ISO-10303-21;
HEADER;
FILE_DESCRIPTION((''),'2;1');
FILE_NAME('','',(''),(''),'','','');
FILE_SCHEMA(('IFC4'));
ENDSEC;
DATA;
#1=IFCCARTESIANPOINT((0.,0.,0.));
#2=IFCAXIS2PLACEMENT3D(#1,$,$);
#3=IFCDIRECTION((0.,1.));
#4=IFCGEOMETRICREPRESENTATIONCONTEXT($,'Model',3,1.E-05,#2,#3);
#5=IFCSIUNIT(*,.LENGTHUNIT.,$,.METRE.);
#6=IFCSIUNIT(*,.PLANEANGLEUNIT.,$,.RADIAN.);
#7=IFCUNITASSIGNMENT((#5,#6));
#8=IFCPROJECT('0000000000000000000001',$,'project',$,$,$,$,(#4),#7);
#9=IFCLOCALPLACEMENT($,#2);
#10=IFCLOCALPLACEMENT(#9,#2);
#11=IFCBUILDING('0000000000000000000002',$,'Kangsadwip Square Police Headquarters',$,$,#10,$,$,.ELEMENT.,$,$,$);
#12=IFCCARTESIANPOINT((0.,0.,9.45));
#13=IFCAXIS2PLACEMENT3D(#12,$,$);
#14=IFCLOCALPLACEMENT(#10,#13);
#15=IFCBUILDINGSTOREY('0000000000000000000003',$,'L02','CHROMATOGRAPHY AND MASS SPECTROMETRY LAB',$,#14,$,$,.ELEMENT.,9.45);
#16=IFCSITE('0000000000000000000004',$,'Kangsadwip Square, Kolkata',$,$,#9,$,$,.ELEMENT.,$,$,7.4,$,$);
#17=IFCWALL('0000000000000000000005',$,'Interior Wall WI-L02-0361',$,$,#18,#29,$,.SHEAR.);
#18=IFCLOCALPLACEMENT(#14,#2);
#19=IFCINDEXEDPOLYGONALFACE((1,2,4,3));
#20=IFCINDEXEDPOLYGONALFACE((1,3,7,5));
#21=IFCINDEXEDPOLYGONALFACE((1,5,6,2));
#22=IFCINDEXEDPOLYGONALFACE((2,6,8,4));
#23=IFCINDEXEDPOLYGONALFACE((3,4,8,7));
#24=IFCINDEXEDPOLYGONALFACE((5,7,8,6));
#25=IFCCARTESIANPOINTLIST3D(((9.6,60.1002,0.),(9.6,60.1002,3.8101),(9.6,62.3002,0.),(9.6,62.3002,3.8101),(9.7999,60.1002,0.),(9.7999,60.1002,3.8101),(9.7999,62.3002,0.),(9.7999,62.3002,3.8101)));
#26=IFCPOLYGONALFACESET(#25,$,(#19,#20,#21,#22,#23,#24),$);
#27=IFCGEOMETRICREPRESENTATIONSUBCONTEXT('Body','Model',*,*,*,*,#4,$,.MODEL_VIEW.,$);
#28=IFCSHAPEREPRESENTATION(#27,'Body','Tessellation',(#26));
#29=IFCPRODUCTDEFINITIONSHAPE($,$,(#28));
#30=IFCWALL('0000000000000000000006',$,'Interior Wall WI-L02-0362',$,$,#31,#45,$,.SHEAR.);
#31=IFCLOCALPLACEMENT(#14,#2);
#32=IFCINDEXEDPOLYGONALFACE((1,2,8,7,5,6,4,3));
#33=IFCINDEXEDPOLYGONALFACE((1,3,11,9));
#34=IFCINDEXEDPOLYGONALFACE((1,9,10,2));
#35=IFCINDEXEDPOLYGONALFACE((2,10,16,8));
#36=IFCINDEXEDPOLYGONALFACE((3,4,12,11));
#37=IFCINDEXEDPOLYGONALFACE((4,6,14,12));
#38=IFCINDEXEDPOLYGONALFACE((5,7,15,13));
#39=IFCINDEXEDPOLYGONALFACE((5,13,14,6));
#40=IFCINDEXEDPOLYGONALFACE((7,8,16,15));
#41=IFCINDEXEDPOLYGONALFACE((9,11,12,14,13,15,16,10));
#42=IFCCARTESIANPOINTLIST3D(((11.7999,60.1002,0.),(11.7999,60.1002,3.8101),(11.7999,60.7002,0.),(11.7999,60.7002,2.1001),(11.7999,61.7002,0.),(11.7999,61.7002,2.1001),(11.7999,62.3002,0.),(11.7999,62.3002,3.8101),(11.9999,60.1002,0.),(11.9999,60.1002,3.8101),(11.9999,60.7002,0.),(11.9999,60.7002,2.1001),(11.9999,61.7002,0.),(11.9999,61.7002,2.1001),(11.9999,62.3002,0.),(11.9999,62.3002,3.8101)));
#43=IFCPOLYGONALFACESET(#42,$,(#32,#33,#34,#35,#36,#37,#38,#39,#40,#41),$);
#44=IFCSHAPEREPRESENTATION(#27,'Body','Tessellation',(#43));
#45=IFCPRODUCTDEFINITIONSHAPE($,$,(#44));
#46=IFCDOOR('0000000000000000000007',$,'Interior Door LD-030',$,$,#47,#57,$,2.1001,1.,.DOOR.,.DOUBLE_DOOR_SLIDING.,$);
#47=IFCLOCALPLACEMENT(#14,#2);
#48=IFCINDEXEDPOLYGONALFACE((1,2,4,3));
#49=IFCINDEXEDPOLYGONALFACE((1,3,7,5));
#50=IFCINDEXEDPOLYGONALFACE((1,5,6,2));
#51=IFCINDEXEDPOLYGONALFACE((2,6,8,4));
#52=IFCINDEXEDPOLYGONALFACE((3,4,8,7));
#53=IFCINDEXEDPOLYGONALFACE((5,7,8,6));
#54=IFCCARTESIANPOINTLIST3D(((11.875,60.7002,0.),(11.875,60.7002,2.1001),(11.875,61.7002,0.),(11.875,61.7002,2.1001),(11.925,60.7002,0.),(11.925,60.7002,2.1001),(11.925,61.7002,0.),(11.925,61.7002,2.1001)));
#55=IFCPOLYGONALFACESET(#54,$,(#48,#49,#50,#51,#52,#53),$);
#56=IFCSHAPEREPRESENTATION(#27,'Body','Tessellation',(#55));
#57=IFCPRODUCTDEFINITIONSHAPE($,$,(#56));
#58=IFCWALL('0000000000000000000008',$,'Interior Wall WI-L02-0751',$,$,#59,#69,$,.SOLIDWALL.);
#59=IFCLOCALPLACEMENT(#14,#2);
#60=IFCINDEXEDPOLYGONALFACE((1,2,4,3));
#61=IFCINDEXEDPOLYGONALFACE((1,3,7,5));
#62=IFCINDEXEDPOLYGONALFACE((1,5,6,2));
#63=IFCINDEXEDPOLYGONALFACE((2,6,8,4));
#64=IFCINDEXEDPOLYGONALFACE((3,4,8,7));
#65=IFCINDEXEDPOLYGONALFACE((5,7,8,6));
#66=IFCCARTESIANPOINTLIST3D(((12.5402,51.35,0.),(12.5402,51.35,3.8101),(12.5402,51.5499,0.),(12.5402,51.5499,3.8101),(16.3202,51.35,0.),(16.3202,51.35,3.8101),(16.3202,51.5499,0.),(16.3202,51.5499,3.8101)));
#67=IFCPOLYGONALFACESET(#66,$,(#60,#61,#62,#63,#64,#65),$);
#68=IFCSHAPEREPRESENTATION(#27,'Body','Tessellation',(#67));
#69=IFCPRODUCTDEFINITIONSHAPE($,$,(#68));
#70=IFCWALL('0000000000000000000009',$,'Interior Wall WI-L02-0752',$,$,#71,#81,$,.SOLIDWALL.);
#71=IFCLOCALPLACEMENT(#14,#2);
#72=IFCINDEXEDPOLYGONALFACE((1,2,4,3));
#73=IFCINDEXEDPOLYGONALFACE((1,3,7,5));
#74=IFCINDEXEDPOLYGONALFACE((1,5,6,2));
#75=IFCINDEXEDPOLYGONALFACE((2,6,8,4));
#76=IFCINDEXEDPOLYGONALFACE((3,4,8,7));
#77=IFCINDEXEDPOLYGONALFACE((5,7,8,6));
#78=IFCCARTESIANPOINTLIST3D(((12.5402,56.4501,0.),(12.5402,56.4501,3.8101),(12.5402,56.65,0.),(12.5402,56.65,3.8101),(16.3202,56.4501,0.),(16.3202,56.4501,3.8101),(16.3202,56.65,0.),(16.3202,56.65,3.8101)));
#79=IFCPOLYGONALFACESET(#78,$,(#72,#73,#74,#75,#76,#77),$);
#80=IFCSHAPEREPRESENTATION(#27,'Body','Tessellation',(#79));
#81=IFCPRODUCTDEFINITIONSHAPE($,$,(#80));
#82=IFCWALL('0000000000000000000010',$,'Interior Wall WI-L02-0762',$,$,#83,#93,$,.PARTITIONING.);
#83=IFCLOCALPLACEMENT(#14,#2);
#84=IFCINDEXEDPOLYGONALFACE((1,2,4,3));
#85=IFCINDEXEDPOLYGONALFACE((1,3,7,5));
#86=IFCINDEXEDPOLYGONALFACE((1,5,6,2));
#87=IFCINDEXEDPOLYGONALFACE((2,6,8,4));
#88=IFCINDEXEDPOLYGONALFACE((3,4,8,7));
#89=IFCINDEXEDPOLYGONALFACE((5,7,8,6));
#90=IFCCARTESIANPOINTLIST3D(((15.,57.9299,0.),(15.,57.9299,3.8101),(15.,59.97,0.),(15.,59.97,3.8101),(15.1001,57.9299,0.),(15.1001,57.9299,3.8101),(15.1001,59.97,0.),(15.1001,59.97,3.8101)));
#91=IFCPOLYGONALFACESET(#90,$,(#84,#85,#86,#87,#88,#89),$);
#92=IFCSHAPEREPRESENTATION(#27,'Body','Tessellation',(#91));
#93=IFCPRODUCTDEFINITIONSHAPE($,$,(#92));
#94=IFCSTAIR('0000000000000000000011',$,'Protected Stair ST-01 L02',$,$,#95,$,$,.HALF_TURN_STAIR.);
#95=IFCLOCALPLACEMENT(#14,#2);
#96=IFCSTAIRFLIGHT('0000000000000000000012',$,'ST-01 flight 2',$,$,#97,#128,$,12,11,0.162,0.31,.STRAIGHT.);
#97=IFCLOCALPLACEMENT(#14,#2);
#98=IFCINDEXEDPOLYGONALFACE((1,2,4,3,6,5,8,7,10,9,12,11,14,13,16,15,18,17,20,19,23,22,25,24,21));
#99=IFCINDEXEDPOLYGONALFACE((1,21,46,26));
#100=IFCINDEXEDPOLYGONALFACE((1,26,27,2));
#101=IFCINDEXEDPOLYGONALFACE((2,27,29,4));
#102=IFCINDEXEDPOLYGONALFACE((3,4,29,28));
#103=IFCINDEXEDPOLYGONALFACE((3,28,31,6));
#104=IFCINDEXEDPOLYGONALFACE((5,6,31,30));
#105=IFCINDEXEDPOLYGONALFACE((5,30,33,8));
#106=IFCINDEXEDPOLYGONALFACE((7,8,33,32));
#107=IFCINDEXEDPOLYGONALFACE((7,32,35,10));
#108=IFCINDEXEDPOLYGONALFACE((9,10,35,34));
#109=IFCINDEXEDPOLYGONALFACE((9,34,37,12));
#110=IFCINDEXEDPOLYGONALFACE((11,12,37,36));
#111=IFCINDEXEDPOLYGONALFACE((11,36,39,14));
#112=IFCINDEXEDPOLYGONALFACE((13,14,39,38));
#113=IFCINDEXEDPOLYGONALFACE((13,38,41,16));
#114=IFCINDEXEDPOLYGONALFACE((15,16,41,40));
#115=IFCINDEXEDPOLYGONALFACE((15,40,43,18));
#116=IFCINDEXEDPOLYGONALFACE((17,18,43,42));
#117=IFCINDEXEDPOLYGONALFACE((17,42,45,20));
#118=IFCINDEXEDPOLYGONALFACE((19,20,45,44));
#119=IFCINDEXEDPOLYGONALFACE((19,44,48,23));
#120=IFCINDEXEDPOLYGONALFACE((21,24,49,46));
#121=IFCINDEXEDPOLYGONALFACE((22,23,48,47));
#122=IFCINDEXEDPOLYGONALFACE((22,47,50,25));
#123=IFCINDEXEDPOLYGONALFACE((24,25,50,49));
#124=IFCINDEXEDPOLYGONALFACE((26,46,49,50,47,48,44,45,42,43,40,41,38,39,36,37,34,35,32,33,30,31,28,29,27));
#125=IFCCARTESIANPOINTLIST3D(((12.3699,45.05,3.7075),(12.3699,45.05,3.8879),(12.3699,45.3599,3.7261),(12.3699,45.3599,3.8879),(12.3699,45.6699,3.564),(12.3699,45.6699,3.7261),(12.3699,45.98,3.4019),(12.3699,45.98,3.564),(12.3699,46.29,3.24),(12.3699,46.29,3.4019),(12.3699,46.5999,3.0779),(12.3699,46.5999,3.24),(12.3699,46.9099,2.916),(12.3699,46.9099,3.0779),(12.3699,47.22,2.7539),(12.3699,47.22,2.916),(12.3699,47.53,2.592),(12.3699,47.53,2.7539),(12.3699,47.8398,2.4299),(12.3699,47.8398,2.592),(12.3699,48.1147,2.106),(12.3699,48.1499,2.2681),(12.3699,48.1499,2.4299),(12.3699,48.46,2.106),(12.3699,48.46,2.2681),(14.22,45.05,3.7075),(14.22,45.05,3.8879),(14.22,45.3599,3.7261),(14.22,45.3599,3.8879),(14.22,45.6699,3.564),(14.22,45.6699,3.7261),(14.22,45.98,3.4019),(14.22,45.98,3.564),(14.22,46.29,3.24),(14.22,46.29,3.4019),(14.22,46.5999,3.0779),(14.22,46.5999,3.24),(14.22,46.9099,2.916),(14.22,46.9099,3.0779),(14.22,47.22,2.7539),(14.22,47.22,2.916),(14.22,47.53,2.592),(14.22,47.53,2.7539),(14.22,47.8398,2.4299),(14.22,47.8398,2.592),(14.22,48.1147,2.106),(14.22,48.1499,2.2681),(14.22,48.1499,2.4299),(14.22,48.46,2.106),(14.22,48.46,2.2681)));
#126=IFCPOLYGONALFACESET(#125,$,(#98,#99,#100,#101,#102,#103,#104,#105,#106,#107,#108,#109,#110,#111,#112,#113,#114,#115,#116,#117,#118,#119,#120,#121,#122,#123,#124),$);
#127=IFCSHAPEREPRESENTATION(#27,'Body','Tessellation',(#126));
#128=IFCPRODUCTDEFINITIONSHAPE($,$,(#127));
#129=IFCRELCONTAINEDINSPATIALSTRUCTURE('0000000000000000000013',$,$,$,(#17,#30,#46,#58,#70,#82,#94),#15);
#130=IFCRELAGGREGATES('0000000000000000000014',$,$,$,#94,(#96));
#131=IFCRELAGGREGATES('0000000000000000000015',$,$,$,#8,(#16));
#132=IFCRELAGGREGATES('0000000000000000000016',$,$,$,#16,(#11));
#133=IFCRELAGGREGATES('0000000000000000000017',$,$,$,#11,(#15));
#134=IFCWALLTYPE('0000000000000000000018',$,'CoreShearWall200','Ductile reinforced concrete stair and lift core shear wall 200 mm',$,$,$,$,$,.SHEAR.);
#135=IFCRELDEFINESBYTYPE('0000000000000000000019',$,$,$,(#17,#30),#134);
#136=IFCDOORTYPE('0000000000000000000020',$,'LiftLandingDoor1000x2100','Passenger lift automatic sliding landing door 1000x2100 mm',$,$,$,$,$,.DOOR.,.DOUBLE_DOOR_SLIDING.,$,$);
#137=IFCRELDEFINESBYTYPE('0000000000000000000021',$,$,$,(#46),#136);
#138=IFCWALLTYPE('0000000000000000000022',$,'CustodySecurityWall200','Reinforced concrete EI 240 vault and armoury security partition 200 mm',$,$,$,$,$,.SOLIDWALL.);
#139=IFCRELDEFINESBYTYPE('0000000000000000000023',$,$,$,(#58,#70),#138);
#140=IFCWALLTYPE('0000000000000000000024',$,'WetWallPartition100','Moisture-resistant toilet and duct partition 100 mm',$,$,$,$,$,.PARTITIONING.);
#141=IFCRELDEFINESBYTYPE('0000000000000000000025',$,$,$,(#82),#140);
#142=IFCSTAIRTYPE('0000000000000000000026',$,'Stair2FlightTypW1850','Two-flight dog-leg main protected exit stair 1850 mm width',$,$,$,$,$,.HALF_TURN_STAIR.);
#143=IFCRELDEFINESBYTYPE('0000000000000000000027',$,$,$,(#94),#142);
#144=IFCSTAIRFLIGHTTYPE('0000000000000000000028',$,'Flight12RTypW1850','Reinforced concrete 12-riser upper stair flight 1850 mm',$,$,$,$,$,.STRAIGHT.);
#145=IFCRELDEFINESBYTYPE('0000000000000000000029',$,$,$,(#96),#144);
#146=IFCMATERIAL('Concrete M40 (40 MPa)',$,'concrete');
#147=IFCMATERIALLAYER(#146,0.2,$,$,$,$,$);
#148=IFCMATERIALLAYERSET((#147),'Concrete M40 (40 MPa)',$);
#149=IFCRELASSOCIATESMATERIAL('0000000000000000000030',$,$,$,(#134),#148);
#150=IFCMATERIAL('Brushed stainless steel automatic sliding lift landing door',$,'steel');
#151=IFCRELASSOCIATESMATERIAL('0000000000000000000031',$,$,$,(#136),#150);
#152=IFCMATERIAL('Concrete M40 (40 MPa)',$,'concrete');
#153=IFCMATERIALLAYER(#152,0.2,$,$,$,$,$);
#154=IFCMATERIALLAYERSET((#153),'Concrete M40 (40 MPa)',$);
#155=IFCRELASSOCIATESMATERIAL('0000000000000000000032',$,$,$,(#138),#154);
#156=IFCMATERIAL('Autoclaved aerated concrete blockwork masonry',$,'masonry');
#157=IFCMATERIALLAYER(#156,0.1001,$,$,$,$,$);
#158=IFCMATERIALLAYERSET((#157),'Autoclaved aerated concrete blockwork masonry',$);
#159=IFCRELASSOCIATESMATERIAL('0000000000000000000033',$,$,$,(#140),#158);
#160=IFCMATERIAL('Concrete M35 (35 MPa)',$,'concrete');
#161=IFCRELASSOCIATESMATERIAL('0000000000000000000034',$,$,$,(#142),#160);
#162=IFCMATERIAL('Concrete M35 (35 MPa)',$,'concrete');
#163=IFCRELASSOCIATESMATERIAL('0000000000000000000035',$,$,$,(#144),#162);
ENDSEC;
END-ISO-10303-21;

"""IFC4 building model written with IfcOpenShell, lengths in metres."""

from ifc_helpers import new_model, si_unit, direction, frame, frame_2d, origin, place, context, subcontext, project, spatial, polyline, rectangle, outline, extrude, material, layer, layer_set, type_object, element, fill, aggregate, save


model = new_model("IFC4")

# Units and contexts
model_context = context("Model", 3, precision=1e-05, world=origin(), true_north=direction((0.0, 1.0)))
body_context = subcontext(model_context, "Body", "Model", "MODEL_VIEW")
ifc_project = project(units=[si_unit("LENGTHUNIT", "METRE"), si_unit("PLANEANGLEUNIT", "RADIAN")], contexts=[model_context])

# Site, building, storey
site_placement = place(None, origin())
site = spatial("IfcSite", under=ifc_project, at=site_placement, Name="Kangsadwip Square, Kolkata", CompositionType="ELEMENT", RefElevation=7.4)
building_placement = place(site_placement, origin())
building = spatial("IfcBuilding", under=site, at=building_placement, Name="Kangsadwip Square Police Headquarters", CompositionType="ELEMENT")
storey_placement = place(building_placement, frame((0.0, 0.0, 9.45)))
storey = spatial("IfcBuildingStorey", under=building, at=storey_placement, Name="L02", Description="CHROMATOGRAPHY AND MASS SPECTROMETRY LAB", CompositionType="ELEMENT", Elevation=9.45)

# Shared definitions
ifc_material_1 = material(Name="Concrete M40 (40 MPa)", Category="concrete")
ifc_layer_1 = layer(ifc_material_1, 0.2)
ifc_layer_set_1 = layer_set([ifc_layer_1], Name="Concrete M40 (40 MPa)")
wall_type_1 = type_object("IfcWallType", Name="CoreShearWall200", Description="Ductile reinforced concrete stair and lift core shear wall 200 mm", PredefinedType="SHEAR", material=ifc_layer_set_1)

# Wall
for number, where, z_axis, x_axis, name in (
    (1, (9.7, 60.1001, 0.0), (0.0, 0.0, 1.0), (0.0, 1.0, 0.0), "Interior Wall WI-L02-0361"),
):
    element("IfcWall", number, at=place(storey_placement, frame(where, z_axis=z_axis, x_axis=x_axis)), inside=storey, type_object=wall_type_1, Name=name, PredefinedType="SHEAR", context=body_context, shape_type="SweptSolid", body=[
        extrude(rectangle(XDim=2.2, YDim=0.2, at=frame_2d((1.1001, 0.0))), origin(), (0.0, 0.0, 1.0), 3.8101),
    ])

# Wall, opening, door
wall_1_placement = place(storey_placement, frame((11.8999, 60.1001, 0.0), z_axis=(0.0, 0.0, 1.0), x_axis=(0.0, 1.0, 0.0)))
wall_1 = element("IfcWall", 2, at=wall_1_placement, inside=storey, type_object=wall_type_1, Name="Interior Wall WI-L02-0362", PredefinedType="SHEAR", context=body_context, shape_type="SweptSolid", body=[
    extrude(rectangle(XDim=2.2, YDim=0.2, at=frame_2d((1.1001, 0.0))), origin(), (0.0, 0.0, 1.0), 3.8101),
])
opening_1_placement = place(wall_1_placement, frame((0.6001, 0.0, 0.0)))
opening_1 = element("IfcOpeningElement", 3, at=opening_1_placement, cuts=wall_1, PredefinedType="OPENING", context=body_context, shape_type="SweptSolid", body=[
    extrude(rectangle(XDim=1.0, YDim=2.1001, at=frame_2d((0.5, 1.05))), frame((0.0, 0.1099, 0.0), z_axis=(0.0, -1.0, 0.0), x_axis=(1.0, 0.0, 0.0)), (0.0, 0.0, 1.0), 0.22),
])
ifc_material_2 = material(Name="Brushed stainless steel automatic sliding lift landing door", Category="steel")
door_type_1 = type_object("IfcDoorType", Name="LiftLandingDoor1000x2100", Description="Passenger lift automatic sliding landing door 1000x2100 mm", OperationType="DOUBLE_DOOR_SLIDING", PredefinedType="DOOR", material=ifc_material_2)
door_1_placement = place(opening_1_placement, origin())
door_1 = element("IfcDoor", 4, at=door_1_placement, inside=storey, type_object=door_type_1, Name="Interior Door LD-030", OperationType="DOUBLE_DOOR_SLIDING", OverallHeight=2.1001, OverallWidth=1.0, PredefinedType="DOOR", context=body_context, shape_type="SweptSolid", body=[
    extrude(rectangle(XDim=1.0, YDim=2.1001, at=frame_2d((0.5, 1.05))), frame((0.0, 0.0249, 0.0), z_axis=(0.0, -1.0, 0.0), x_axis=(1.0, 0.0, 0.0)), (0.0, 0.0, 1.0), 0.05),
])
fill(opening_1, door_1)

# Walls
ifc_material_3 = material(Name="Concrete M40 (40 MPa)", Category="concrete")
ifc_layer_2 = layer(ifc_material_3, 0.2)
ifc_layer_set_2 = layer_set([ifc_layer_2], Name="Concrete M40 (40 MPa)")
wall_type_2 = type_object("IfcWallType", Name="CustodySecurityWall200", Description="Reinforced concrete EI 240 vault and armoury security partition 200 mm", PredefinedType="SOLIDWALL", material=ifc_layer_set_2)
for number, where, z_axis, x_axis, name in (
    (5, (12.54, 51.45, 0.0), (0.0, 0.0, 1.0), (1.0, 0.0, 0.0), "Interior Wall WI-L02-0751"),
    (6, (12.54, 56.55, 0.0), (0.0, 0.0, 1.0), (1.0, 0.0, 0.0), "Interior Wall WI-L02-0752"),
):
    element("IfcWall", number, at=place(storey_placement, frame(where, z_axis=z_axis, x_axis=x_axis)), inside=storey, type_object=wall_type_2, Name=name, PredefinedType="SOLIDWALL", context=body_context, shape_type="SweptSolid", body=[
        extrude(rectangle(XDim=3.78, YDim=0.2, at=frame_2d((1.8901, 0.0))), origin(), (0.0, 0.0, 1.0), 3.8101),
    ])
ifc_material_4 = material(Name="Autoclaved aerated concrete blockwork masonry", Category="masonry")
ifc_layer_3 = layer(ifc_material_4, 0.1001)
ifc_layer_set_3 = layer_set([ifc_layer_3], Name="Autoclaved aerated concrete blockwork masonry")
wall_type_3 = type_object("IfcWallType", Name="WetWallPartition100", Description="Moisture-resistant toilet and duct partition 100 mm", PredefinedType="PARTITIONING", material=ifc_layer_set_3)
wall_2_placement = place(storey_placement, frame((15.05, 57.9299, 0.0), z_axis=(0.0, 0.0, 1.0), x_axis=(0.0, 1.0, 0.0)))
element("IfcWall", 7, at=wall_2_placement, inside=storey, type_object=wall_type_3, Name="Interior Wall WI-L02-0762", PredefinedType="PARTITIONING", context=body_context, shape_type="SweptSolid", body=[
    extrude(rectangle(XDim=2.04, YDim=0.1001, at=frame_2d((1.02, 0.0))), origin(), (0.0, 0.0, 1.0), 3.8101),
])

# Stair, stair flight
ifc_material_5 = material(Name="Concrete M35 (35 MPa)", Category="concrete")
stair_type = type_object("IfcStairType", Name="Stair2FlightTypW1850", Description="Two-flight dog-leg main protected exit stair 1850 mm width", PredefinedType="HALF_TURN_STAIR", material=ifc_material_5)
stair_placement = place(storey_placement, origin())
stair = element("IfcStair", 8, at=stair_placement, inside=storey, type_object=stair_type, Name="Protected Stair ST-01 L02", PredefinedType="HALF_TURN_STAIR")
ifc_material_6 = material(Name="Concrete M35 (35 MPa)", Category="concrete")
stair_flight_type = type_object("IfcStairFlightType", Name="Flight12RTypW1850", Description="Reinforced concrete 12-riser upper stair flight 1850 mm", PredefinedType="STRAIGHT", material=ifc_material_6)
stair_flight_placement = place(storey_placement, frame((13.2949, 48.46, 2.106), z_axis=(0.0, 0.0, 1.0), x_axis=(0.0, -1.0, 0.0)))
stair_flight = element("IfcStairFlight", 9, at=stair_flight_placement, type_object=stair_flight_type, Name="ST-01 flight 2", NumberOfRisers=12, NumberOfTreads=11, PredefinedType="STRAIGHT", RiserHeight=0.162, TreadLength=0.31, context=body_context, shape_type="SweptSolid", body=[
    extrude(outline(polyline([(0.0, 0.0), (0.0, 0.1621), (0.3101, 0.1621), (0.3101, 0.324), (0.6201, 0.324), (0.6201, 0.4861), (0.9299, 0.4861), (0.9299, 0.6479), (1.24, 0.6479), (1.24, 0.8101), (1.55, 0.8101), (1.55, 0.9719), (1.8601, 0.9719), (1.8601, 1.134), (2.1699, 1.134), (2.1699, 1.2959), (2.48, 1.2959), (2.48, 1.458), (2.79, 1.458), (2.79, 1.6201), (3.1001, 1.6201), (3.1001, 1.782), (3.4099, 1.782), (3.4099, 1.9441), (3.4099, 1.6016), (0.3452, 0.0), (0.0, 0.0)])), frame((0.0, 0.925, 0.0), z_axis=(0.0, -1.0, 0.0), x_axis=(1.0, 0.0, 0.0)), (0.0, 0.0, 1.0), 1.8501),
])
aggregate(stair, [stair_flight])

save(model, "model.ifc")
